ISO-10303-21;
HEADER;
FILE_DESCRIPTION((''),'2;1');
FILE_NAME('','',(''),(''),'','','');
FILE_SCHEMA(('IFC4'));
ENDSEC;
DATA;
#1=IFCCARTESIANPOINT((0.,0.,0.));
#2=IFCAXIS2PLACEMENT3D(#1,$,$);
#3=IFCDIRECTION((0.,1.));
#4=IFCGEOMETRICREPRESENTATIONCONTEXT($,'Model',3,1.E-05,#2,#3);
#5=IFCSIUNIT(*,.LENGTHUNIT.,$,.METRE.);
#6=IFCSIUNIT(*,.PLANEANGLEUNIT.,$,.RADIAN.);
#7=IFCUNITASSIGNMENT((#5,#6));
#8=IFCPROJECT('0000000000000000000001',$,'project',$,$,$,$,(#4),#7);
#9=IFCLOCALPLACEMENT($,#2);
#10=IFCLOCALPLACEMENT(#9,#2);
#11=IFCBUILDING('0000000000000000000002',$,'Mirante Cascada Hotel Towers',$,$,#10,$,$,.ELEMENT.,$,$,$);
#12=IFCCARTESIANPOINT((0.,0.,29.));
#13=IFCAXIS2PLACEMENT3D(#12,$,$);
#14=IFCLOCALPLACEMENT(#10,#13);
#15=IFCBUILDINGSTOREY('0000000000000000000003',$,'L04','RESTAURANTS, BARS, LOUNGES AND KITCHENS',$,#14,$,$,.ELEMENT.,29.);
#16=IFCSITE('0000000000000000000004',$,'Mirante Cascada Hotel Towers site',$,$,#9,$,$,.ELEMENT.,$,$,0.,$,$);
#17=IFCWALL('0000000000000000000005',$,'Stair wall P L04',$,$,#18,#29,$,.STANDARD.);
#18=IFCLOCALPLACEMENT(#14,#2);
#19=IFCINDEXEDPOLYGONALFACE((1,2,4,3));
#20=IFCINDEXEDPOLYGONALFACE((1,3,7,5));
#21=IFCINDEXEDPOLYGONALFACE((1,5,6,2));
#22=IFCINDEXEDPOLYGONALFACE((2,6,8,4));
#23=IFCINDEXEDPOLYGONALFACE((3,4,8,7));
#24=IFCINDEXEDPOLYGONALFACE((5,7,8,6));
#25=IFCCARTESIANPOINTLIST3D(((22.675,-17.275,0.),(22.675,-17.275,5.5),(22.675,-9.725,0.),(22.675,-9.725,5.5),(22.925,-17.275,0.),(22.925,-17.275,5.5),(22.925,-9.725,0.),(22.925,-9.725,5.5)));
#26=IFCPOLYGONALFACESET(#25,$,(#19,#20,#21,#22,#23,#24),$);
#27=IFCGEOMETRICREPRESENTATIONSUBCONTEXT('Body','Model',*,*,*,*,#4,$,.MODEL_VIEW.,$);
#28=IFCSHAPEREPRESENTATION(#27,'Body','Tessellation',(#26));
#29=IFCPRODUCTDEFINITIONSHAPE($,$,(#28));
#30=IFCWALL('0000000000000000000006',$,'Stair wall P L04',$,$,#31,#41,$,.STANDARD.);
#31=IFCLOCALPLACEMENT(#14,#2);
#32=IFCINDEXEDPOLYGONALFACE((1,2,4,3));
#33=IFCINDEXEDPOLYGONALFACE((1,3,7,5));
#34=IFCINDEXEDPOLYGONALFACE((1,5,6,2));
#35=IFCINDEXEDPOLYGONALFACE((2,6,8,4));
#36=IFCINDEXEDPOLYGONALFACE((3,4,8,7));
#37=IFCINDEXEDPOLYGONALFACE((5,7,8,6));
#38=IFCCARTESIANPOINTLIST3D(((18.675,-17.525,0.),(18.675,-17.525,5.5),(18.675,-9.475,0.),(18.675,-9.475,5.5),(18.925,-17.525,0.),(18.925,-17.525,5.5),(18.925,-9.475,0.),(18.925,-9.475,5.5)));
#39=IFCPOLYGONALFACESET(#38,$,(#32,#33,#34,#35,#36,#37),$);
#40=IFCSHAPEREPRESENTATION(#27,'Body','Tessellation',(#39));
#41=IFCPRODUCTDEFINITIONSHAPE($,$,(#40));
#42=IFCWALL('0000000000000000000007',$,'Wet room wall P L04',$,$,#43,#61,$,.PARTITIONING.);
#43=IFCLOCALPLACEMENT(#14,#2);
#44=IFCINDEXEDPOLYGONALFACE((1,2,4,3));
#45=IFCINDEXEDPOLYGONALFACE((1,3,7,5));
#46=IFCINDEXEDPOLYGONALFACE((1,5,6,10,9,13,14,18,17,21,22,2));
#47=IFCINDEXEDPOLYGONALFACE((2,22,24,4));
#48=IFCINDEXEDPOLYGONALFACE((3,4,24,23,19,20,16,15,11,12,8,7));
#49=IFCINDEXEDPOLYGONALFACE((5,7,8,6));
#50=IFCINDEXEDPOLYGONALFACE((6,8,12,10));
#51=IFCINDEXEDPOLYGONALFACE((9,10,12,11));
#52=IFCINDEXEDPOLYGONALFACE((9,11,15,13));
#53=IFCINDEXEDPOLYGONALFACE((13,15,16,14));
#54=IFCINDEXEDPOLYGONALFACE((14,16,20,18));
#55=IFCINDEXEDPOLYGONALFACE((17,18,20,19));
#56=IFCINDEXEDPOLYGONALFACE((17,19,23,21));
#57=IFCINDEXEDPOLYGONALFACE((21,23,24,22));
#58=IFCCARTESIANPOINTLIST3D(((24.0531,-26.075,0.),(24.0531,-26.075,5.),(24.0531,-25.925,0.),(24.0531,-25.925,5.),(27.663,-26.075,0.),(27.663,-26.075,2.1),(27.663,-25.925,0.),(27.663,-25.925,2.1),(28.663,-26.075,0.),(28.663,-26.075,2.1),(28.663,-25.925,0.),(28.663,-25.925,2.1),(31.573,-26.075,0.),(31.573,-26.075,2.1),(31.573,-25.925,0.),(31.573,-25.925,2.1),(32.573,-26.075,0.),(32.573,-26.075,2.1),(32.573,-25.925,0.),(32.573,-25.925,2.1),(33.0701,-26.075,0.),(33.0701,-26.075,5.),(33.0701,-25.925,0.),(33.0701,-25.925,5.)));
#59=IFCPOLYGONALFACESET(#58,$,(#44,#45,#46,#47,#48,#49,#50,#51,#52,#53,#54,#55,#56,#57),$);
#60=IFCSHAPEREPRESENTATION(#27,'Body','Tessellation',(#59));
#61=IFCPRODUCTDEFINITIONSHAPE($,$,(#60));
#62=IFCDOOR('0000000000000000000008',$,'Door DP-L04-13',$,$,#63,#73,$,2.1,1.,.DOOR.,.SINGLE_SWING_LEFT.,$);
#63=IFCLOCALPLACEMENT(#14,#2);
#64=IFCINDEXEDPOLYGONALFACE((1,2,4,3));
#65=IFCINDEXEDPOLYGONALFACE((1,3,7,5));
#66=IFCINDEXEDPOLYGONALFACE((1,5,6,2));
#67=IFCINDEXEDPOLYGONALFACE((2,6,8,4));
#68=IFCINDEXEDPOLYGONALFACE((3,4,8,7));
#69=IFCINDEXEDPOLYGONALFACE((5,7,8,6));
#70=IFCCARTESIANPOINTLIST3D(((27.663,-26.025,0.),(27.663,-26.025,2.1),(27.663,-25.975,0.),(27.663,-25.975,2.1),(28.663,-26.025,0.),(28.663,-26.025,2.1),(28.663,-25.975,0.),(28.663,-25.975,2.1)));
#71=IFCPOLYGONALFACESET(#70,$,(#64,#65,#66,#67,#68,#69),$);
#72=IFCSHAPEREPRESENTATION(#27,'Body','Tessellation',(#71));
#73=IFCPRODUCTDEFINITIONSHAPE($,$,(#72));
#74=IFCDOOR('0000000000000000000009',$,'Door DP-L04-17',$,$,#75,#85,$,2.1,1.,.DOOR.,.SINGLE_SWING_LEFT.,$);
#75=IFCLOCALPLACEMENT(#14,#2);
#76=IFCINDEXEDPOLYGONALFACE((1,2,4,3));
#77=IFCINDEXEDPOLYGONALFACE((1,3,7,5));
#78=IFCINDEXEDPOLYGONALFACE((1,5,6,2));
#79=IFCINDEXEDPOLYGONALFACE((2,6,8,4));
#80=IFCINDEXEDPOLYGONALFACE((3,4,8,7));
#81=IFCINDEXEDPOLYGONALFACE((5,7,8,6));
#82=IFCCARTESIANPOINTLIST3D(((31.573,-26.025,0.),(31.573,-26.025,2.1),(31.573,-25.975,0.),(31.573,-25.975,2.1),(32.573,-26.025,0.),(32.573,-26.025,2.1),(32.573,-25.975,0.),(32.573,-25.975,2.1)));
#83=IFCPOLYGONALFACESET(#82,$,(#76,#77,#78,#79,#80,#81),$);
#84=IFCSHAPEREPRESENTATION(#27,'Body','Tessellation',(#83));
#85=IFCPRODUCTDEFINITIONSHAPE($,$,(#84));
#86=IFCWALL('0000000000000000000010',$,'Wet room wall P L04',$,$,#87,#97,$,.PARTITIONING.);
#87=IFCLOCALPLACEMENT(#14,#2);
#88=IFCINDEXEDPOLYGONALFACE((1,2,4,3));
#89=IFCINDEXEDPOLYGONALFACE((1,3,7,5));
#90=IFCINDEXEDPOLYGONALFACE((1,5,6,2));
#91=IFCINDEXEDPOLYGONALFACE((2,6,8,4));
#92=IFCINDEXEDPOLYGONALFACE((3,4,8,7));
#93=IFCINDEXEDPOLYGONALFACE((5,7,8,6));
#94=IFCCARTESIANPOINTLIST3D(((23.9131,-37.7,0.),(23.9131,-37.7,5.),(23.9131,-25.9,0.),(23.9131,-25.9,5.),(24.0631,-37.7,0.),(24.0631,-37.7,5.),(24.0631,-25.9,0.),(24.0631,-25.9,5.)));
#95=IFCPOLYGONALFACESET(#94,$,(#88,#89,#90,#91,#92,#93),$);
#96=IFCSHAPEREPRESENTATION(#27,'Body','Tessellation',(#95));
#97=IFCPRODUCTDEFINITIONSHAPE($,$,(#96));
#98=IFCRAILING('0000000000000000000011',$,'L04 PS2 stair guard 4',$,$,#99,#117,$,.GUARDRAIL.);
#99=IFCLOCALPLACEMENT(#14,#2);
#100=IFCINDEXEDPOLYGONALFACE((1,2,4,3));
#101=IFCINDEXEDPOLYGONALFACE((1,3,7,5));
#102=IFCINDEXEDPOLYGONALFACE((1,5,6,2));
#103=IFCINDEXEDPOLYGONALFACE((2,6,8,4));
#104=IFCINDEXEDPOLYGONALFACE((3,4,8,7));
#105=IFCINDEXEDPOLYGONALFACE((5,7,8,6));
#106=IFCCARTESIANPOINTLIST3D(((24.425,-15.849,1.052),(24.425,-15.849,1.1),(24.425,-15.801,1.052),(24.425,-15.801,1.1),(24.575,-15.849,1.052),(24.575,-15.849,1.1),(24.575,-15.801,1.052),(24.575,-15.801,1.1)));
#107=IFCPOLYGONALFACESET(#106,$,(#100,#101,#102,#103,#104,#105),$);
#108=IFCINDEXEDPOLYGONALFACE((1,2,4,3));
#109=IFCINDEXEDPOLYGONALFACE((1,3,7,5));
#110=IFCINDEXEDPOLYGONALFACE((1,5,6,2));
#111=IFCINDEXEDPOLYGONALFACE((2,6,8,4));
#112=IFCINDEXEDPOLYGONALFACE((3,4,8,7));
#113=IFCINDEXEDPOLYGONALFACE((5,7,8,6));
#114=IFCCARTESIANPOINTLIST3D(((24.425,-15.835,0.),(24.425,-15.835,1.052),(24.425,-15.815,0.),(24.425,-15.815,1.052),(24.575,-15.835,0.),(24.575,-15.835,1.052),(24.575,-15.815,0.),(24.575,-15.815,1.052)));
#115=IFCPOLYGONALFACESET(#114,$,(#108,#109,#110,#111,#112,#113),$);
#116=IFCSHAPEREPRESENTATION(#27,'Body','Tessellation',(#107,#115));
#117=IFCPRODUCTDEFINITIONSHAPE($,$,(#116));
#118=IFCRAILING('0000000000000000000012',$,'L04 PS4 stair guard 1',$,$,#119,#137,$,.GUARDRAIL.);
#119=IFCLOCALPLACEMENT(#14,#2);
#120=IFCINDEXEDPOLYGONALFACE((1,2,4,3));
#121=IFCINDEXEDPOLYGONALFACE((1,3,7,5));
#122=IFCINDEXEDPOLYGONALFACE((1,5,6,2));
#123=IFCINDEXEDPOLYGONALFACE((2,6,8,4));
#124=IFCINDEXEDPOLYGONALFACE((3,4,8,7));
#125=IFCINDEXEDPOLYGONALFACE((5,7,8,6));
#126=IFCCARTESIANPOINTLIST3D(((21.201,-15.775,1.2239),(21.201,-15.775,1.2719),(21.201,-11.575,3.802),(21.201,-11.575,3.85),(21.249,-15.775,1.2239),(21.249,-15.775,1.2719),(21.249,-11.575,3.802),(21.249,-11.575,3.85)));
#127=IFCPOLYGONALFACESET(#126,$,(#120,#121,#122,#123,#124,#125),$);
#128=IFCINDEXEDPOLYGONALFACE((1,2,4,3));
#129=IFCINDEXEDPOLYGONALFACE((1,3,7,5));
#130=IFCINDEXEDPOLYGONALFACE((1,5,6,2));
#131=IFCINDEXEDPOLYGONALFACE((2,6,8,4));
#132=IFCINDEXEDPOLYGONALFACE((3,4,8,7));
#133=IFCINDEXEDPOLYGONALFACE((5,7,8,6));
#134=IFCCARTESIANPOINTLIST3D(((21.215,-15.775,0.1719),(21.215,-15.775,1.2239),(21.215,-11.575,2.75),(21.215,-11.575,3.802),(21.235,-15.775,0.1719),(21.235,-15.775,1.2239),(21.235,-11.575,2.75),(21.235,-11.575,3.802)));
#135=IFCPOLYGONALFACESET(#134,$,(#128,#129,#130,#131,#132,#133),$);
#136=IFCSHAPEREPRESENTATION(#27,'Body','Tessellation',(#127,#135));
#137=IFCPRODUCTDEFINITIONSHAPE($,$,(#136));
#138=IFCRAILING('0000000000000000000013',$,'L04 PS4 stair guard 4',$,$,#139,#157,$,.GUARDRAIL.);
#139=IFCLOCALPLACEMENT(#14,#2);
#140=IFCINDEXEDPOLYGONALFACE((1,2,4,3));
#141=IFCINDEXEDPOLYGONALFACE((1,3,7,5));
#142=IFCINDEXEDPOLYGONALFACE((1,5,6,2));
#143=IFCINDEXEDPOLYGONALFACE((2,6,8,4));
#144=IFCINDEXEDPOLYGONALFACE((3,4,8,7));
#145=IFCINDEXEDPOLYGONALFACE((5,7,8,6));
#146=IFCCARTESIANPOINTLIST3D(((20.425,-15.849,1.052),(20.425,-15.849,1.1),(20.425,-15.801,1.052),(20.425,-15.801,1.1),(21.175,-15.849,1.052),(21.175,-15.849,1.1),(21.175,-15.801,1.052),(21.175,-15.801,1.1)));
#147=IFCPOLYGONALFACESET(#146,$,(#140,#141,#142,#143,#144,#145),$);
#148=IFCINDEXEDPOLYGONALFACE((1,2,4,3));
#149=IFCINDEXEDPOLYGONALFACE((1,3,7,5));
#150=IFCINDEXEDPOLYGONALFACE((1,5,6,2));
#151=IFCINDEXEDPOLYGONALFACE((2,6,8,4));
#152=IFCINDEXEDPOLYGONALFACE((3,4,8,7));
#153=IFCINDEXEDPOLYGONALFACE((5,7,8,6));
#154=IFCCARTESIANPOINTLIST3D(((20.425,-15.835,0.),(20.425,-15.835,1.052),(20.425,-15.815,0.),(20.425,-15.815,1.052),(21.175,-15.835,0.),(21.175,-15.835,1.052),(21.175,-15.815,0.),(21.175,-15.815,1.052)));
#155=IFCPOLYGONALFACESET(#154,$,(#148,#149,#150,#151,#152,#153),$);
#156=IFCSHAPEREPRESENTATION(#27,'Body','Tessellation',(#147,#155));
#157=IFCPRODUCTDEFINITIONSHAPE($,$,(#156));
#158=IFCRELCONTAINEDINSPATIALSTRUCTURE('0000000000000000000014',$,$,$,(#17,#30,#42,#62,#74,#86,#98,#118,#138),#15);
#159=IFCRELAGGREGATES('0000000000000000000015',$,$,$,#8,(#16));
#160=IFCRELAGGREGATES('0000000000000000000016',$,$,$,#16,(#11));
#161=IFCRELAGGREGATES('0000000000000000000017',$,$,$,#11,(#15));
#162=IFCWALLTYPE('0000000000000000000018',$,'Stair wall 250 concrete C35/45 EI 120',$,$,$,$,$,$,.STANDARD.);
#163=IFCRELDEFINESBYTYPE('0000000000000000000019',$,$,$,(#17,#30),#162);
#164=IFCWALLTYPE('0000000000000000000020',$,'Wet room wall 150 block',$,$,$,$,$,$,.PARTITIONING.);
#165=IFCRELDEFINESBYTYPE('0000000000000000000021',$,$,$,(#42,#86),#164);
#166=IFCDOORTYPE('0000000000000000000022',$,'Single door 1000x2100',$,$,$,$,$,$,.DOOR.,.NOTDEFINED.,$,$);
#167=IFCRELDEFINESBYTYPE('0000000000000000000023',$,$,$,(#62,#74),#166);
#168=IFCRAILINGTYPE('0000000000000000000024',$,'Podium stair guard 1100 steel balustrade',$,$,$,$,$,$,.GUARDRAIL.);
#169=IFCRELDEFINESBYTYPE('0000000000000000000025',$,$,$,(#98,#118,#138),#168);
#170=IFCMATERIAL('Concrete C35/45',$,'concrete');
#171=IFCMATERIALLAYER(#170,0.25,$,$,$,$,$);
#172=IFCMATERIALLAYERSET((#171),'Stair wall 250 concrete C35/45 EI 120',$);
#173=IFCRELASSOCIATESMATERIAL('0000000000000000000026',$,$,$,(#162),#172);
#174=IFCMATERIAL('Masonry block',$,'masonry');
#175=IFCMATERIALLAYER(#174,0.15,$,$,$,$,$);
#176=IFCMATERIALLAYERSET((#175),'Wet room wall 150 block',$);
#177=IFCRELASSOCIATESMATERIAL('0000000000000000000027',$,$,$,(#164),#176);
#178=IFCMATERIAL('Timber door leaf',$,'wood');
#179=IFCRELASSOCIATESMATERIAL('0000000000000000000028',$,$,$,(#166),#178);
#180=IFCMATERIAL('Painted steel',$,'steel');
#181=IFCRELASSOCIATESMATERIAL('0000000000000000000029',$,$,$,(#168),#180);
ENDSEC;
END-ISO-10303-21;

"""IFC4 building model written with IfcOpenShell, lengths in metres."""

from ifc_helpers import new_model, si_unit, direction, frame, frame_2d, origin, origin_2d, place, context, subcontext, project, spatial, rectangle, extrude, material, layer, layer_set, type_object, element, fill, save


model = new_model("IFC4")

# Units and contexts
model_context = context("Model", 3, precision=1e-05, world=origin(), true_north=direction((0.0, 1.0)))
body_context = subcontext(model_context, "Body", "Model", "MODEL_VIEW")
ifc_project = project(units=[si_unit("LENGTHUNIT", "METRE"), si_unit("PLANEANGLEUNIT", "RADIAN")], contexts=[model_context])

# Site, building, storey
site_placement = place(None, origin())
site = spatial("IfcSite", under=ifc_project, at=site_placement, Name="Mirante Cascada Hotel Towers site", CompositionType="ELEMENT", RefElevation=0.0)
building_placement = place(site_placement, origin())
building = spatial("IfcBuilding", under=site, at=building_placement, Name="Mirante Cascada Hotel Towers", CompositionType="ELEMENT")
storey_placement = place(building_placement, frame((0.0, 0.0, 29.0)))
storey = spatial("IfcBuildingStorey", under=building, at=storey_placement, Name="L04", Description="RESTAURANTS, BARS, LOUNGES AND KITCHENS", CompositionType="ELEMENT", Elevation=29.0)

# Shared definitions
ifc_material_1 = material(Name="Concrete C35/45", Category="concrete")
ifc_layer_1 = layer(ifc_material_1, 0.25)
ifc_layer_set_1 = layer_set([ifc_layer_1], Name="Stair wall 250 concrete C35/45 EI 120")
wall_type_1 = type_object("IfcWallType", Name="Stair wall 250 concrete C35/45 EI 120", PredefinedType="STANDARD", material=ifc_layer_set_1)

# Walls
wall_1_placement = place(storey_placement, frame((22.8, -17.275, 0.0), z_axis=(0.0, 0.0, 1.0), x_axis=(0.0, 1.0, 0.0)))
element("IfcWall", 1, at=wall_1_placement, inside=storey, type_object=wall_type_1, Name="Stair wall P L04", PredefinedType="STANDARD", context=body_context, shape_type="SweptSolid", body=[
    extrude(rectangle(XDim=7.55, YDim=0.25, at=frame_2d((3.775, 0.0))), origin(), (0.0, 0.0, 1.0), 5.5),
])
wall_2_placement = place(storey_placement, frame((18.8, -17.525, 0.0), z_axis=(0.0, 0.0, 1.0), x_axis=(0.0, 1.0, 0.0)))
element("IfcWall", 2, at=wall_2_placement, inside=storey, type_object=wall_type_1, Name="Stair wall P L04", PredefinedType="STANDARD", context=body_context, shape_type="SweptSolid", body=[
    extrude(rectangle(XDim=8.05, YDim=0.25, at=frame_2d((4.025, 0.0))), origin(), (0.0, 0.0, 1.0), 5.5),
])

# Wall, openings, doors
ifc_material_2 = material(Name="Masonry block", Category="masonry")
ifc_layer_2 = layer(ifc_material_2, 0.15)
ifc_layer_set_2 = layer_set([ifc_layer_2], Name="Wet room wall 150 block")
wall_type_2 = type_object("IfcWallType", Name="Wet room wall 150 block", PredefinedType="PARTITIONING", material=ifc_layer_set_2)
wall_3_placement = place(storey_placement, frame((24.0531, -26.0, 0.0), z_axis=(0.0, 0.0, 1.0), x_axis=(1.0, 0.0, 0.0)))
wall_3 = element("IfcWall", 3, at=wall_3_placement, inside=storey, type_object=wall_type_2, Name="Wet room wall P L04", PredefinedType="PARTITIONING", context=body_context, shape_type="SweptSolid", body=[
    extrude(rectangle(XDim=9.017, YDim=0.15, at=frame_2d((4.5085, 0.0))), origin(), (0.0, 0.0, 1.0), 5.0),
])
opening_1_placement = place(wall_3_placement, frame((3.6099, 0.0, 0.0)))
opening_1 = element("IfcOpeningElement", 4, at=opening_1_placement, cuts=wall_3, PredefinedType="OPENING", context=body_context, shape_type="SweptSolid", body=[
    extrude(rectangle(XDim=1.0, YDim=2.1, at=frame_2d((0.5, 1.05))), frame((0.0, 0.075, 0.0), z_axis=(0.0, -1.0, 0.0), x_axis=(1.0, 0.0, 0.0)), (0.0, 0.0, 1.0), 0.15),
])
opening_2_placement = place(wall_3_placement, frame((7.5199, 0.0, 0.0)))
opening_2 = element("IfcOpeningElement", 5, at=opening_2_placement, cuts=wall_3, PredefinedType="OPENING", context=body_context, shape_type="SweptSolid", body=[
    extrude(rectangle(XDim=1.0, YDim=2.1, at=frame_2d((0.5, 1.05))), frame((0.0, 0.075, 0.0), z_axis=(0.0, -1.0, 0.0), x_axis=(1.0, 0.0, 0.0)), (0.0, 0.0, 1.0), 0.15),
])
ifc_material_3 = material(Name="Timber door leaf", Category="wood")
door_type_1 = type_object("IfcDoorType", Name="Single door 1000x2100", OperationType="NOTDEFINED", PredefinedType="DOOR", material=ifc_material_3)
door_1_placement = place(opening_1_placement, frame((1.0, 0.0, 0.0), z_axis=(0.0, 0.0, 1.0), x_axis=(-1.0, 0.0, 0.0)))
door_1 = element("IfcDoor", 6, at=door_1_placement, inside=storey, type_object=door_type_1, Name="Door DP-L04-13", OperationType="SINGLE_SWING_LEFT", OverallHeight=2.1, OverallWidth=1.0, PredefinedType="DOOR", context=body_context, shape_type="SweptSolid", body=[
    extrude(rectangle(XDim=1.0, YDim=2.1, at=frame_2d((0.5, 1.05))), frame((0.0, 0.025, 0.0), z_axis=(0.0, -1.0, 0.0), x_axis=(1.0, 0.0, 0.0)), (0.0, 0.0, 1.0), 0.05),
])
fill(opening_1, door_1)
door_2_placement = place(opening_2_placement, frame((1.0, 0.0, 0.0), z_axis=(0.0, 0.0, 1.0), x_axis=(-1.0, 0.0, 0.0)))
door_2 = element("IfcDoor", 7, at=door_2_placement, inside=storey, type_object=door_type_1, Name="Door DP-L04-17", OperationType="SINGLE_SWING_LEFT", OverallHeight=2.1, OverallWidth=1.0, PredefinedType="DOOR", context=body_context, shape_type="SweptSolid", body=[
    extrude(rectangle(XDim=1.0, YDim=2.1, at=frame_2d((0.5, 1.05))), frame((0.0, 0.025, 0.0), z_axis=(0.0, -1.0, 0.0), x_axis=(1.0, 0.0, 0.0)), (0.0, 0.0, 1.0), 0.05),
])
fill(opening_2, door_2)

# Wall
wall_4_placement = place(storey_placement, frame((23.9881, -37.7, 0.0), z_axis=(0.0, 0.0, 1.0), x_axis=(0.0, 1.0, 0.0)))
element("IfcWall", 8, at=wall_4_placement, inside=storey, type_object=wall_type_2, Name="Wet room wall P L04", PredefinedType="PARTITIONING", context=body_context, shape_type="SweptSolid", body=[
    extrude(rectangle(XDim=11.8, YDim=0.15, at=frame_2d((5.9, 0.0))), origin(), (0.0, 0.0, 1.0), 5.0),
])

# Railings
ifc_material_4 = material(Name="Painted steel", Category="steel")
railing_type = type_object("IfcRailingType", Name="Podium stair guard 1100 steel balustrade", PredefinedType="GUARDRAIL", material=ifc_material_4)
railing_1_placement = place(storey_placement, frame((24.575, -15.825, 0.0)))
element("IfcRailing", 9, at=railing_1_placement, inside=storey, type_object=railing_type, Name="L04 PS2 stair guard 4", PredefinedType="GUARDRAIL", context=body_context, shape_type="SweptSolid", body=[
    extrude(rectangle(XDim=0.048, YDim=0.048, at=origin_2d()), frame((0.0, 0.0, 1.076), z_axis=(-1.0, 0.0, 0.0), x_axis=(0.0, -1.0, 0.0)), (0.0, 0.0, 1.0), 0.15),
    extrude(rectangle(XDim=0.02, YDim=1.052, at=origin_2d()), frame((0.0, 0.0, 0.526), z_axis=(-1.0, 0.0, 0.0), x_axis=(0.0, -1.0, 0.0)), (0.0, 0.0, 1.0), 0.15),
])
railing_2_placement = place(storey_placement, frame((21.225, -15.775, 0.1719)))
element("IfcRailing", 10, at=railing_2_placement, inside=storey, type_object=railing_type, Name="L04 PS4 stair guard 1", PredefinedType="GUARDRAIL", context=body_context, shape_type="SweptSolid", body=[
    extrude(rectangle(XDim=0.048, YDim=0.048, at=origin_2d()), frame((0.0, 0.0, 1.076), z_axis=(0.0, 1.0, 0.0), x_axis=(-1.0, 0.0, 0.0)), (0.0, 0.523138, 0.852248), 4.9281),
    extrude(rectangle(XDim=0.02, YDim=1.052, at=origin_2d()), frame((0.0, 0.0, 0.526), z_axis=(0.0, 1.0, 0.0), x_axis=(-1.0, 0.0, 0.0)), (0.0, 0.523138, 0.852248), 4.9281),
])
railing_3_placement = place(storey_placement, frame((21.175, -15.825, 0.0)))
element("IfcRailing", 11, at=railing_3_placement, inside=storey, type_object=railing_type, Name="L04 PS4 stair guard 4", PredefinedType="GUARDRAIL", context=body_context, shape_type="SweptSolid", body=[
    extrude(rectangle(XDim=0.048, YDim=0.048, at=origin_2d()), frame((0.0, 0.0, 1.076), z_axis=(-1.0, 0.0, 0.0), x_axis=(0.0, -1.0, 0.0)), (0.0, 0.0, 1.0), 0.75),
    extrude(rectangle(XDim=0.02, YDim=1.052, at=origin_2d()), frame((0.0, 0.0, 0.526), z_axis=(-1.0, 0.0, 0.0), x_axis=(0.0, -1.0, 0.0)), (0.0, 0.0, 1.0), 0.75),
])

save(model, "model.ifc")
